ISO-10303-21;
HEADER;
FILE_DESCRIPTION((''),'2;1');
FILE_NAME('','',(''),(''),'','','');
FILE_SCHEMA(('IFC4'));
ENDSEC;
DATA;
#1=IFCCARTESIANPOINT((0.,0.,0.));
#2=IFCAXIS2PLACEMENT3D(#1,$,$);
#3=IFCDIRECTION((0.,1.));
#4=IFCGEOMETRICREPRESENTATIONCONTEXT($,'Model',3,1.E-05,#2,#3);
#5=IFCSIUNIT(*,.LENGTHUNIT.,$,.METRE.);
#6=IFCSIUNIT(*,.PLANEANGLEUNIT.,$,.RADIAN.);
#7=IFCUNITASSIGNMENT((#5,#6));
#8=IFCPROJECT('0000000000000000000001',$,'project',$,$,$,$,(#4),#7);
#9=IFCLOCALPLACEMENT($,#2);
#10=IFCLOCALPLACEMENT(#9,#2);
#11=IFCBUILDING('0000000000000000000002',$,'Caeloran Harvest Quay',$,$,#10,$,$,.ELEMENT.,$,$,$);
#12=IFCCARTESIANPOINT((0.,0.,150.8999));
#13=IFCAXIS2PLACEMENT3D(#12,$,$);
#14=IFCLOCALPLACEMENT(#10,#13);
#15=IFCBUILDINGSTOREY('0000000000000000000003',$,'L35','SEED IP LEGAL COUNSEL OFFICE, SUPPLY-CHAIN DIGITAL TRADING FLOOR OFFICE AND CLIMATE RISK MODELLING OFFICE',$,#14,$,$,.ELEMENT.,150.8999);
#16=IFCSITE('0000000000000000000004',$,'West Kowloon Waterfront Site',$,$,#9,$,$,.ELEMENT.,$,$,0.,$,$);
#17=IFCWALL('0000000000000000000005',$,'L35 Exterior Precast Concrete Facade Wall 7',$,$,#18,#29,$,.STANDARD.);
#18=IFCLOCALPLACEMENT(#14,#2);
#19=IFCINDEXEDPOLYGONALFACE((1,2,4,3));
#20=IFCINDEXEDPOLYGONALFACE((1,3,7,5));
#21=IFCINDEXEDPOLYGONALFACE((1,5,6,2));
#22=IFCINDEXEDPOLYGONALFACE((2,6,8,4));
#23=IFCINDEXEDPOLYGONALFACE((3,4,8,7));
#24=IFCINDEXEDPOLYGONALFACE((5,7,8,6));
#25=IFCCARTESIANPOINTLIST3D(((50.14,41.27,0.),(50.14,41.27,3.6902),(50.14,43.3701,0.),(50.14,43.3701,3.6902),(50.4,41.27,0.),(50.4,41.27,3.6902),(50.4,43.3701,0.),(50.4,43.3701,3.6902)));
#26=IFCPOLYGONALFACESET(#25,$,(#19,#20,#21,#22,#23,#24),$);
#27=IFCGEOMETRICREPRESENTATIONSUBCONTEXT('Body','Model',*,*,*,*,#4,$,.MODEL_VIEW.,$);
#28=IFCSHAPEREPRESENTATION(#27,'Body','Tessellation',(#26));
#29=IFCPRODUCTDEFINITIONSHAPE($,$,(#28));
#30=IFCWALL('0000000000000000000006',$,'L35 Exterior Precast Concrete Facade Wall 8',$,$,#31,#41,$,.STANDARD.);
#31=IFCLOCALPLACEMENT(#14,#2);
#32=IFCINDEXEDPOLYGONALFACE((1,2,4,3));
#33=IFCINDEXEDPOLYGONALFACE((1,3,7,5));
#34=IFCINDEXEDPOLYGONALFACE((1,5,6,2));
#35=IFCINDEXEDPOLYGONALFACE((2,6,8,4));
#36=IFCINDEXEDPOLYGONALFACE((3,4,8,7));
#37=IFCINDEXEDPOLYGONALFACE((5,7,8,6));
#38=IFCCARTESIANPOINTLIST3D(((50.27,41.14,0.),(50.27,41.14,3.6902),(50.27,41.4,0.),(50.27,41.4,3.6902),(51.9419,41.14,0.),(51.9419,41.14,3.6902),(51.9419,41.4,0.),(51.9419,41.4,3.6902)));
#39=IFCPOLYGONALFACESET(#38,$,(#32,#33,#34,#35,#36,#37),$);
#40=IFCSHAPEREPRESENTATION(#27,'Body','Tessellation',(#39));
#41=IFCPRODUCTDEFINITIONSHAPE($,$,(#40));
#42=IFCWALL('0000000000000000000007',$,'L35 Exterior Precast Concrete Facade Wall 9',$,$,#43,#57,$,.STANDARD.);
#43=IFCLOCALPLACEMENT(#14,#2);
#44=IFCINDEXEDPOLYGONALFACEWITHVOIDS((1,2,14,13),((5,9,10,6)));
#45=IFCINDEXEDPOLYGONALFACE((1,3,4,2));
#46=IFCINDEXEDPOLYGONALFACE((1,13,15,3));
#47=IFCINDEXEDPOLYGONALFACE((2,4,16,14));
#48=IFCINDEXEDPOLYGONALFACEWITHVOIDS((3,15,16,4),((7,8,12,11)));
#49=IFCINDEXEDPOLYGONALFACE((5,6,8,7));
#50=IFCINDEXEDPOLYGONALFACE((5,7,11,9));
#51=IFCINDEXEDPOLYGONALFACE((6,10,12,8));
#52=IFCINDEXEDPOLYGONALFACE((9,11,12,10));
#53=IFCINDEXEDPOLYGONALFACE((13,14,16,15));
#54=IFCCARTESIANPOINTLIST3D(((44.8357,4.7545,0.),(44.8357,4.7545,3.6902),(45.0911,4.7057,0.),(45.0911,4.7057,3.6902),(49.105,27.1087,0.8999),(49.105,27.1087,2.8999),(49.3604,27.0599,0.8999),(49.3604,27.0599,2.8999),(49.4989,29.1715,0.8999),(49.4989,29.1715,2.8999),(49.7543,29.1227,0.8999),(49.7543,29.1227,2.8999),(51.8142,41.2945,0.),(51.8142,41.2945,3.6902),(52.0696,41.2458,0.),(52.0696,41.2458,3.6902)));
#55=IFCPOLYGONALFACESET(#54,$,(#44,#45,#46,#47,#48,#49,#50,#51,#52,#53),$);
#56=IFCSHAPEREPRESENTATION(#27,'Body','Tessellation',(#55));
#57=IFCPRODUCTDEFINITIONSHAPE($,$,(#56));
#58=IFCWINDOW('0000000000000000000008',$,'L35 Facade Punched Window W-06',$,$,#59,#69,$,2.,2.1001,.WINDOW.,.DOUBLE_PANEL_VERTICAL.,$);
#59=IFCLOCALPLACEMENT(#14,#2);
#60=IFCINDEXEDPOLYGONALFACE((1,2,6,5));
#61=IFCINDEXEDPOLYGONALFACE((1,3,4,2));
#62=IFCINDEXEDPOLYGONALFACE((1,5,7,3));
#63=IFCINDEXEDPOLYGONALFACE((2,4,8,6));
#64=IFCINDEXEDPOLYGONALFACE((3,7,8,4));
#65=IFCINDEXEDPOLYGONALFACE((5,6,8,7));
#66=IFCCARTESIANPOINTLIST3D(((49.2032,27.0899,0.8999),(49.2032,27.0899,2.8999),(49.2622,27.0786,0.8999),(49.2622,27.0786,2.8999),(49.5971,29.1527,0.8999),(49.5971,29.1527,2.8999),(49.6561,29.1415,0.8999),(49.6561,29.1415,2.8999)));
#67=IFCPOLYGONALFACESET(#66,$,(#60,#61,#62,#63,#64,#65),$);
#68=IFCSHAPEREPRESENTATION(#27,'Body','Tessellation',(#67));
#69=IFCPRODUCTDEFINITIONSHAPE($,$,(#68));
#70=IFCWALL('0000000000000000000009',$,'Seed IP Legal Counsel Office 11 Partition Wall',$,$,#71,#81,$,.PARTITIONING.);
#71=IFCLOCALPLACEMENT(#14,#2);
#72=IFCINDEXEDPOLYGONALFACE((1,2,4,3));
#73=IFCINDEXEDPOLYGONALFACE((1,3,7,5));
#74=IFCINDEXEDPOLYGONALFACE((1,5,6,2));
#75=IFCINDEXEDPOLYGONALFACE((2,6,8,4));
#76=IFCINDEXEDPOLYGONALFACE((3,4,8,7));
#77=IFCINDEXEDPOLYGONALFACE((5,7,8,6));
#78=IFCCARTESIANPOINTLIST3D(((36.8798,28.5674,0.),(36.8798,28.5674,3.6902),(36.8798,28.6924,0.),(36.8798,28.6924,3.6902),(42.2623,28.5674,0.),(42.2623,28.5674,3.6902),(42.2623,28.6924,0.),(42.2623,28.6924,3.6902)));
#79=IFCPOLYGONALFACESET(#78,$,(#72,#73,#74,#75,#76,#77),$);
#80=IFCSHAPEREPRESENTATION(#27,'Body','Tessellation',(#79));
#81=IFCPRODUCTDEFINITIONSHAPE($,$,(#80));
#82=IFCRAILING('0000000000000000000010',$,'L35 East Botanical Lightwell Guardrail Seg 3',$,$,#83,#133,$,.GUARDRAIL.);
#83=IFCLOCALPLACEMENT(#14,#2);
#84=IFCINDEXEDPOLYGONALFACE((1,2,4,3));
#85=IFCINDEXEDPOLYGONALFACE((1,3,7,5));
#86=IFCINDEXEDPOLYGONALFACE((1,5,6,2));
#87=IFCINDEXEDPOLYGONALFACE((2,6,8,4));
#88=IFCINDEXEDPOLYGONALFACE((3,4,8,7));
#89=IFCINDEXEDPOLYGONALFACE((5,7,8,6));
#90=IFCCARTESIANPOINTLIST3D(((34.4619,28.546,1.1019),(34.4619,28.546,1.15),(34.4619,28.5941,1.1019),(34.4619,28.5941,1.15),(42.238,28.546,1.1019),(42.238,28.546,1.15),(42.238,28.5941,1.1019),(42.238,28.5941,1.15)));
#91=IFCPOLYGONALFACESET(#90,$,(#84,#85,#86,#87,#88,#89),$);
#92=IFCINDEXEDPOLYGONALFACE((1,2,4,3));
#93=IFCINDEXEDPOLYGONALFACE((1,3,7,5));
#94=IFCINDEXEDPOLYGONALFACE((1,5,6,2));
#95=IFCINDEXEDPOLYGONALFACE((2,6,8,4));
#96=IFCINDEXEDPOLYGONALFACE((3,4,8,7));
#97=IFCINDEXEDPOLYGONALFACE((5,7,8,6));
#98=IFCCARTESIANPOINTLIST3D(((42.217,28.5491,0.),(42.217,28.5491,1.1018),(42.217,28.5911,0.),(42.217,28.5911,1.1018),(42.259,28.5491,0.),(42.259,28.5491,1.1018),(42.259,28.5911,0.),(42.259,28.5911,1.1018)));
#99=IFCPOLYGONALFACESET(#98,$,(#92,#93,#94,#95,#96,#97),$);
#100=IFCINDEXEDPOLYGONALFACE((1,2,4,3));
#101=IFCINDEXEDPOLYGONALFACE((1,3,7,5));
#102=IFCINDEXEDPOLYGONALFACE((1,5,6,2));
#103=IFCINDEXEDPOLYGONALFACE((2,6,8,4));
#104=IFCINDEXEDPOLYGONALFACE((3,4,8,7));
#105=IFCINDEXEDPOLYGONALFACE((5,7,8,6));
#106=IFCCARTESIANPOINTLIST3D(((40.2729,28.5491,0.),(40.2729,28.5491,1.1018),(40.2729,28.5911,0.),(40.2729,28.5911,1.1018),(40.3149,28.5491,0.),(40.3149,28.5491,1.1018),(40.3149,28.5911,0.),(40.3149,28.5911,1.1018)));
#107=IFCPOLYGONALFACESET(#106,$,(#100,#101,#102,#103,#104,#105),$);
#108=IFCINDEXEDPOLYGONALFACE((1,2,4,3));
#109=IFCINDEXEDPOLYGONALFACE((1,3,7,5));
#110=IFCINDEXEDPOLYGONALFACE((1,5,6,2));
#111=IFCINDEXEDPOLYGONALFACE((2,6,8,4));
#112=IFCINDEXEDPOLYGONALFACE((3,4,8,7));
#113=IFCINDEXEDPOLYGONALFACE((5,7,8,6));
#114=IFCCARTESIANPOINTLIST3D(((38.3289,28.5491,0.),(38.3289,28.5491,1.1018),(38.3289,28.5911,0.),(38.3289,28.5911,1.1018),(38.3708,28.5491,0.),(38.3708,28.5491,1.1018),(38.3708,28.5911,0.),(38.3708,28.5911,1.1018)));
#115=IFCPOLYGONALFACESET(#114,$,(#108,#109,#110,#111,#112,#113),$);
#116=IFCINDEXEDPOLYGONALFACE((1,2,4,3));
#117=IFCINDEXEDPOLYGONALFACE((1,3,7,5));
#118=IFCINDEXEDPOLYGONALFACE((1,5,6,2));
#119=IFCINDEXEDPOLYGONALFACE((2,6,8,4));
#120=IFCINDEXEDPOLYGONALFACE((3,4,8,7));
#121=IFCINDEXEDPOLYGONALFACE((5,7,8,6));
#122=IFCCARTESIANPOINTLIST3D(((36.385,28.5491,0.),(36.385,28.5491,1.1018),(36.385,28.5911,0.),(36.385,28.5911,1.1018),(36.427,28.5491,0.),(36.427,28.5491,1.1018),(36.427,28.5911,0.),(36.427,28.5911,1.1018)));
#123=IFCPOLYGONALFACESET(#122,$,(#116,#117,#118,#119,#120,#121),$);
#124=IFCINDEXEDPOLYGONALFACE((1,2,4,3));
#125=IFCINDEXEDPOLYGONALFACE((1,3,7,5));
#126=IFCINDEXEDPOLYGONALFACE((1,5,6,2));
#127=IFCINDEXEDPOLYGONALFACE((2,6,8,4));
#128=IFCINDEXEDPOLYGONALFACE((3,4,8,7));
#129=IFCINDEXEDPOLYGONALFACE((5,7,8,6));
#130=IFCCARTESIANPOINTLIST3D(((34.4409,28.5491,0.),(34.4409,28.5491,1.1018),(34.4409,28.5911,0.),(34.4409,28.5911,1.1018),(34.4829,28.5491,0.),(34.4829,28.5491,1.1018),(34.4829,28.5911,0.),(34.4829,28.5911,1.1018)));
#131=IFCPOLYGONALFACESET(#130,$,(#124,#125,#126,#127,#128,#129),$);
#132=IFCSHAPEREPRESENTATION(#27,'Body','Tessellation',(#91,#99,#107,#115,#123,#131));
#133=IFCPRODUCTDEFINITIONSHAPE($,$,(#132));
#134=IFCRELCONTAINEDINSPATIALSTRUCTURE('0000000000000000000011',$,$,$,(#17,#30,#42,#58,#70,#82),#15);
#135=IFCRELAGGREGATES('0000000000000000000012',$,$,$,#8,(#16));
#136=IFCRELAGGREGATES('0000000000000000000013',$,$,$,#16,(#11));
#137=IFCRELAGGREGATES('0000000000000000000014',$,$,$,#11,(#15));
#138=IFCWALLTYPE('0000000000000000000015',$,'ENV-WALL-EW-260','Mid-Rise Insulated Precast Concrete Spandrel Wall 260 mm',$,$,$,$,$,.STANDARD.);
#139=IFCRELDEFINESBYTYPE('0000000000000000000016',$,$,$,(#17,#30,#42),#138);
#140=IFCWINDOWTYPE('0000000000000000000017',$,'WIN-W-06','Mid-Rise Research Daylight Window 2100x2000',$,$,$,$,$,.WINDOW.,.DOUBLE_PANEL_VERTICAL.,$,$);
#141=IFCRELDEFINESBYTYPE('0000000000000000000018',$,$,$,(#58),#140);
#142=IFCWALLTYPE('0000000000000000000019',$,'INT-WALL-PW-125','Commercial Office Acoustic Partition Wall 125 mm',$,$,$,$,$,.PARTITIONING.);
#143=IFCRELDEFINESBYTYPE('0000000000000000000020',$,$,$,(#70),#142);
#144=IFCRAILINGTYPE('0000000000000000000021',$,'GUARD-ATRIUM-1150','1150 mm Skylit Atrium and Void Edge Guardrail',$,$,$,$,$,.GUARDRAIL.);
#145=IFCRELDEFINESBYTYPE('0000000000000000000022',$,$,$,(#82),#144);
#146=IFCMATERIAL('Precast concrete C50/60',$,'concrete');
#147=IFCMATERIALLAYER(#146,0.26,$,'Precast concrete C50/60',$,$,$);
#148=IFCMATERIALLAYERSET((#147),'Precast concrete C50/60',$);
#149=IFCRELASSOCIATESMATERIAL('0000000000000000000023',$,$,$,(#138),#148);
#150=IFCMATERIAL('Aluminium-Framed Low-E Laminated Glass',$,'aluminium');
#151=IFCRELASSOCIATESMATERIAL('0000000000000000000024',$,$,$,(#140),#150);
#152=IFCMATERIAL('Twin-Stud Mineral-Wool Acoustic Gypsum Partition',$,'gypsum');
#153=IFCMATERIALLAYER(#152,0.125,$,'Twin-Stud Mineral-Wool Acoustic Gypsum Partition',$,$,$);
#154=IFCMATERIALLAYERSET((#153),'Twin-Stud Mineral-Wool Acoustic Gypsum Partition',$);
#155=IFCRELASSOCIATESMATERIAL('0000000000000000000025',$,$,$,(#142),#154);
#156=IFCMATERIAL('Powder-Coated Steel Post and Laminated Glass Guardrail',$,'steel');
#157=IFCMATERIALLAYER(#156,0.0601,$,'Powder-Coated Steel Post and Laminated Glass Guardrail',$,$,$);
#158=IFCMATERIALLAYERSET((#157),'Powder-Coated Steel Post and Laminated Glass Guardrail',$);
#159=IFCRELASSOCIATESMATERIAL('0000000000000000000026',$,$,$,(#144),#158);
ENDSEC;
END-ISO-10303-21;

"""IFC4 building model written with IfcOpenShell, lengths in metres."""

from ifc_helpers import new_model, si_unit, direction, frame, frame_2d, origin, origin_2d, place, context, subcontext, project, spatial, rectangle, extrude, material, layer, layer_set, type_object, element, fill, save


model = new_model("IFC4")

# Units and contexts
model_context = context("Model", 3, precision=1e-05, world=origin(), true_north=direction((0.0, 1.0)))
body_context = subcontext(model_context, "Body", "Model", "MODEL_VIEW")
ifc_project = project(units=[si_unit("LENGTHUNIT", "METRE"), si_unit("PLANEANGLEUNIT", "RADIAN")], contexts=[model_context])

# Site, building, storey
site_placement = place(None, origin())
site = spatial("IfcSite", under=ifc_project, at=site_placement, Name="West Kowloon Waterfront Site", CompositionType="ELEMENT", RefElevation=0.0)
building_placement = place(site_placement, origin())
building = spatial("IfcBuilding", under=site, at=building_placement, Name="Caeloran Harvest Quay", CompositionType="ELEMENT")
storey_placement = place(building_placement, frame((0.0, 0.0, 150.8999)))
storey = spatial("IfcBuildingStorey", under=building, at=storey_placement, Name="L35", Description="SEED IP LEGAL COUNSEL OFFICE, SUPPLY-CHAIN DIGITAL TRADING FLOOR OFFICE AND CLIMATE RISK MODELLING OFFICE", CompositionType="ELEMENT", Elevation=150.8999)

# Walls
ifc_material_1 = material(Name="Precast concrete C50/60", Category="concrete")
ifc_layer_1 = layer(ifc_material_1, 0.26, Name="Precast concrete C50/60")
ifc_layer_set_1 = layer_set([ifc_layer_1], Name="Precast concrete C50/60")
wall_type_1 = type_object("IfcWallType", Name="ENV-WALL-EW-260", Description="Mid-Rise Insulated Precast Concrete Spandrel Wall 260 mm", PredefinedType="STANDARD", material=ifc_layer_set_1)
wall_1_placement = place(storey_placement, frame((50.27, 43.3701, 0.0), z_axis=(0.0, 0.0, 1.0), x_axis=(0.0, -1.0, 0.0)))
element("IfcWall", 1, at=wall_1_placement, inside=storey, type_object=wall_type_1, Name="L35 Exterior Precast Concrete Facade Wall 7", PredefinedType="STANDARD", context=body_context, shape_type="SweptSolid", body=[
    extrude(rectangle(XDim=2.1001, YDim=0.26, at=frame_2d((1.05, 0.0))), origin(), (0.0, 0.0, 1.0), 3.6902),
])
wall_2_placement = place(storey_placement, frame((50.27, 41.27, 0.0), z_axis=(0.0, 0.0, 1.0), x_axis=(1.0, 0.0, 0.0)))
element("IfcWall", 2, at=wall_2_placement, inside=storey, type_object=wall_type_1, Name="L35 Exterior Precast Concrete Facade Wall 8", PredefinedType="STANDARD", context=body_context, shape_type="SweptSolid", body=[
    extrude(rectangle(XDim=1.6719, YDim=0.26, at=frame_2d((0.8359, 0.0))), origin(), (0.0, 0.0, 1.0), 3.6902),
])

# Wall, opening, window
wall_3_placement = place(storey_placement, frame((51.9419, 41.27, 0.0), z_axis=(0.0, 0.0, 1.0), x_axis=(-0.187592, -0.982247, 0.0)))
wall_3 = element("IfcWall", 3, at=wall_3_placement, inside=storey, type_object=wall_type_1, Name="L35 Exterior Precast Concrete Facade Wall 9", PredefinedType="STANDARD", context=body_context, shape_type="SweptSolid", body=[
    extrude(rectangle(XDim=37.2004, YDim=0.26, at=frame_2d((18.6001, 0.0))), origin(), (0.0, 0.0, 1.0), 3.6902),
])
opening_placement = place(wall_3_placement, frame((12.342, 0.0, 0.8999)))
opening = element("IfcOpeningElement", 4, at=opening_placement, cuts=wall_3, PredefinedType="OPENING", context=body_context, shape_type="SweptSolid", body=[
    extrude(rectangle(XDim=2.1001, YDim=2.0, at=frame_2d((1.05, 1.0))), frame((0.0, 0.1401, 0.0), z_axis=(0.0, -1.0, 0.0), x_axis=(1.0, 0.0, 0.0)), (0.0, 0.0, 1.0), 0.28),
])
ifc_material_2 = material(Name="Aluminium-Framed Low-E Laminated Glass", Category="aluminium")
window_type = type_object("IfcWindowType", Name="WIN-W-06", Description="Mid-Rise Research Daylight Window 2100x2000", PartitioningType="DOUBLE_PANEL_VERTICAL", PredefinedType="WINDOW", material=ifc_material_2)
window_placement = place(opening_placement, origin())
window = element("IfcWindow", 5, at=window_placement, inside=storey, type_object=window_type, Name="L35 Facade Punched Window W-06", OverallHeight=2.0, OverallWidth=2.1001, PartitioningType="DOUBLE_PANEL_VERTICAL", PredefinedType="WINDOW", context=body_context, shape_type="SweptSolid", body=[
    extrude(rectangle(XDim=2.1001, YDim=2.0, at=frame_2d((1.05, 1.0))), frame((0.0, 0.03, 0.0), z_axis=(0.0, -1.0, 0.0), x_axis=(1.0, 0.0, 0.0)), (0.0, 0.0, 1.0), 0.0601),
])
fill(opening, window)

# Wall
ifc_material_3 = material(Name="Twin-Stud Mineral-Wool Acoustic Gypsum Partition", Category="gypsum")
ifc_layer_2 = layer(ifc_material_3, 0.125, Name="Twin-Stud Mineral-Wool Acoustic Gypsum Partition")
ifc_layer_set_2 = layer_set([ifc_layer_2], Name="Twin-Stud Mineral-Wool Acoustic Gypsum Partition")
wall_type_2 = type_object("IfcWallType", Name="INT-WALL-PW-125", Description="Commercial Office Acoustic Partition Wall 125 mm", PredefinedType="PARTITIONING", material=ifc_layer_set_2)
wall_4_placement = place(storey_placement, frame((42.2625, 28.6299, 0.0), z_axis=(0.0, 0.0, 1.0), x_axis=(-1.0, 0.0, 0.0)))
element("IfcWall", 6, at=wall_4_placement, inside=storey, type_object=wall_type_2, Name="Seed IP Legal Counsel Office 11 Partition Wall", PredefinedType="PARTITIONING", context=body_context, shape_type="SweptSolid", body=[
    extrude(rectangle(XDim=5.3826, YDim=0.125, at=frame_2d((2.6914, 0.0))), origin(), (0.0, 0.0, 1.0), 3.6902),
])

# Railing
ifc_material_4 = material(Name="Powder-Coated Steel Post and Laminated Glass Guardrail", Category="steel")
ifc_layer_3 = layer(ifc_material_4, 0.0601, Name="Powder-Coated Steel Post and Laminated Glass Guardrail")
ifc_layer_set_3 = layer_set([ifc_layer_3], Name="Powder-Coated Steel Post and Laminated Glass Guardrail")
railing_type = type_object("IfcRailingType", Name="GUARD-ATRIUM-1150", Description="1150 mm Skylit Atrium and Void Edge Guardrail", PredefinedType="GUARDRAIL", material=ifc_layer_set_3)
railing_placement = place(storey_placement, frame((42.238, 28.5701, 0.0)))
element("IfcRailing", 7, at=railing_placement, inside=storey, type_object=railing_type, Name="L35 East Botanical Lightwell Guardrail Seg 3", PredefinedType="GUARDRAIL", context=body_context, shape_type="SweptSolid", body=[
    extrude(rectangle(XDim=0.0481, YDim=0.0481, at=origin_2d()), frame((0.0, 0.0, 1.126), z_axis=(-1.0, 0.0, 0.0), x_axis=(0.0, -1.0, 0.0)), (0.0, 0.0, 1.0), 7.7761),
    extrude(rectangle(XDim=0.042, YDim=0.042, at=origin_2d()), origin(), (0.0, 0.0, 1.0), 1.1018),
    extrude(rectangle(XDim=0.042, YDim=0.042, at=origin_2d()), frame((-1.9441, 0.0, 0.0)), (0.0, 0.0, 1.0), 1.1018),
    extrude(rectangle(XDim=0.042, YDim=0.042, at=origin_2d()), frame((-3.8882, 0.0, 0.0)), (0.0, 0.0, 1.0), 1.1018),
    extrude(rectangle(XDim=0.042, YDim=0.042, at=origin_2d()), frame((-5.832, 0.0, 0.0)), (0.0, 0.0, 1.0), 1.1018),
    extrude(rectangle(XDim=0.042, YDim=0.042, at=origin_2d()), frame((-7.7761, 0.0, 0.0)), (0.0, 0.0, 1.0), 1.1018),
])

save(model, "model.ifc")
